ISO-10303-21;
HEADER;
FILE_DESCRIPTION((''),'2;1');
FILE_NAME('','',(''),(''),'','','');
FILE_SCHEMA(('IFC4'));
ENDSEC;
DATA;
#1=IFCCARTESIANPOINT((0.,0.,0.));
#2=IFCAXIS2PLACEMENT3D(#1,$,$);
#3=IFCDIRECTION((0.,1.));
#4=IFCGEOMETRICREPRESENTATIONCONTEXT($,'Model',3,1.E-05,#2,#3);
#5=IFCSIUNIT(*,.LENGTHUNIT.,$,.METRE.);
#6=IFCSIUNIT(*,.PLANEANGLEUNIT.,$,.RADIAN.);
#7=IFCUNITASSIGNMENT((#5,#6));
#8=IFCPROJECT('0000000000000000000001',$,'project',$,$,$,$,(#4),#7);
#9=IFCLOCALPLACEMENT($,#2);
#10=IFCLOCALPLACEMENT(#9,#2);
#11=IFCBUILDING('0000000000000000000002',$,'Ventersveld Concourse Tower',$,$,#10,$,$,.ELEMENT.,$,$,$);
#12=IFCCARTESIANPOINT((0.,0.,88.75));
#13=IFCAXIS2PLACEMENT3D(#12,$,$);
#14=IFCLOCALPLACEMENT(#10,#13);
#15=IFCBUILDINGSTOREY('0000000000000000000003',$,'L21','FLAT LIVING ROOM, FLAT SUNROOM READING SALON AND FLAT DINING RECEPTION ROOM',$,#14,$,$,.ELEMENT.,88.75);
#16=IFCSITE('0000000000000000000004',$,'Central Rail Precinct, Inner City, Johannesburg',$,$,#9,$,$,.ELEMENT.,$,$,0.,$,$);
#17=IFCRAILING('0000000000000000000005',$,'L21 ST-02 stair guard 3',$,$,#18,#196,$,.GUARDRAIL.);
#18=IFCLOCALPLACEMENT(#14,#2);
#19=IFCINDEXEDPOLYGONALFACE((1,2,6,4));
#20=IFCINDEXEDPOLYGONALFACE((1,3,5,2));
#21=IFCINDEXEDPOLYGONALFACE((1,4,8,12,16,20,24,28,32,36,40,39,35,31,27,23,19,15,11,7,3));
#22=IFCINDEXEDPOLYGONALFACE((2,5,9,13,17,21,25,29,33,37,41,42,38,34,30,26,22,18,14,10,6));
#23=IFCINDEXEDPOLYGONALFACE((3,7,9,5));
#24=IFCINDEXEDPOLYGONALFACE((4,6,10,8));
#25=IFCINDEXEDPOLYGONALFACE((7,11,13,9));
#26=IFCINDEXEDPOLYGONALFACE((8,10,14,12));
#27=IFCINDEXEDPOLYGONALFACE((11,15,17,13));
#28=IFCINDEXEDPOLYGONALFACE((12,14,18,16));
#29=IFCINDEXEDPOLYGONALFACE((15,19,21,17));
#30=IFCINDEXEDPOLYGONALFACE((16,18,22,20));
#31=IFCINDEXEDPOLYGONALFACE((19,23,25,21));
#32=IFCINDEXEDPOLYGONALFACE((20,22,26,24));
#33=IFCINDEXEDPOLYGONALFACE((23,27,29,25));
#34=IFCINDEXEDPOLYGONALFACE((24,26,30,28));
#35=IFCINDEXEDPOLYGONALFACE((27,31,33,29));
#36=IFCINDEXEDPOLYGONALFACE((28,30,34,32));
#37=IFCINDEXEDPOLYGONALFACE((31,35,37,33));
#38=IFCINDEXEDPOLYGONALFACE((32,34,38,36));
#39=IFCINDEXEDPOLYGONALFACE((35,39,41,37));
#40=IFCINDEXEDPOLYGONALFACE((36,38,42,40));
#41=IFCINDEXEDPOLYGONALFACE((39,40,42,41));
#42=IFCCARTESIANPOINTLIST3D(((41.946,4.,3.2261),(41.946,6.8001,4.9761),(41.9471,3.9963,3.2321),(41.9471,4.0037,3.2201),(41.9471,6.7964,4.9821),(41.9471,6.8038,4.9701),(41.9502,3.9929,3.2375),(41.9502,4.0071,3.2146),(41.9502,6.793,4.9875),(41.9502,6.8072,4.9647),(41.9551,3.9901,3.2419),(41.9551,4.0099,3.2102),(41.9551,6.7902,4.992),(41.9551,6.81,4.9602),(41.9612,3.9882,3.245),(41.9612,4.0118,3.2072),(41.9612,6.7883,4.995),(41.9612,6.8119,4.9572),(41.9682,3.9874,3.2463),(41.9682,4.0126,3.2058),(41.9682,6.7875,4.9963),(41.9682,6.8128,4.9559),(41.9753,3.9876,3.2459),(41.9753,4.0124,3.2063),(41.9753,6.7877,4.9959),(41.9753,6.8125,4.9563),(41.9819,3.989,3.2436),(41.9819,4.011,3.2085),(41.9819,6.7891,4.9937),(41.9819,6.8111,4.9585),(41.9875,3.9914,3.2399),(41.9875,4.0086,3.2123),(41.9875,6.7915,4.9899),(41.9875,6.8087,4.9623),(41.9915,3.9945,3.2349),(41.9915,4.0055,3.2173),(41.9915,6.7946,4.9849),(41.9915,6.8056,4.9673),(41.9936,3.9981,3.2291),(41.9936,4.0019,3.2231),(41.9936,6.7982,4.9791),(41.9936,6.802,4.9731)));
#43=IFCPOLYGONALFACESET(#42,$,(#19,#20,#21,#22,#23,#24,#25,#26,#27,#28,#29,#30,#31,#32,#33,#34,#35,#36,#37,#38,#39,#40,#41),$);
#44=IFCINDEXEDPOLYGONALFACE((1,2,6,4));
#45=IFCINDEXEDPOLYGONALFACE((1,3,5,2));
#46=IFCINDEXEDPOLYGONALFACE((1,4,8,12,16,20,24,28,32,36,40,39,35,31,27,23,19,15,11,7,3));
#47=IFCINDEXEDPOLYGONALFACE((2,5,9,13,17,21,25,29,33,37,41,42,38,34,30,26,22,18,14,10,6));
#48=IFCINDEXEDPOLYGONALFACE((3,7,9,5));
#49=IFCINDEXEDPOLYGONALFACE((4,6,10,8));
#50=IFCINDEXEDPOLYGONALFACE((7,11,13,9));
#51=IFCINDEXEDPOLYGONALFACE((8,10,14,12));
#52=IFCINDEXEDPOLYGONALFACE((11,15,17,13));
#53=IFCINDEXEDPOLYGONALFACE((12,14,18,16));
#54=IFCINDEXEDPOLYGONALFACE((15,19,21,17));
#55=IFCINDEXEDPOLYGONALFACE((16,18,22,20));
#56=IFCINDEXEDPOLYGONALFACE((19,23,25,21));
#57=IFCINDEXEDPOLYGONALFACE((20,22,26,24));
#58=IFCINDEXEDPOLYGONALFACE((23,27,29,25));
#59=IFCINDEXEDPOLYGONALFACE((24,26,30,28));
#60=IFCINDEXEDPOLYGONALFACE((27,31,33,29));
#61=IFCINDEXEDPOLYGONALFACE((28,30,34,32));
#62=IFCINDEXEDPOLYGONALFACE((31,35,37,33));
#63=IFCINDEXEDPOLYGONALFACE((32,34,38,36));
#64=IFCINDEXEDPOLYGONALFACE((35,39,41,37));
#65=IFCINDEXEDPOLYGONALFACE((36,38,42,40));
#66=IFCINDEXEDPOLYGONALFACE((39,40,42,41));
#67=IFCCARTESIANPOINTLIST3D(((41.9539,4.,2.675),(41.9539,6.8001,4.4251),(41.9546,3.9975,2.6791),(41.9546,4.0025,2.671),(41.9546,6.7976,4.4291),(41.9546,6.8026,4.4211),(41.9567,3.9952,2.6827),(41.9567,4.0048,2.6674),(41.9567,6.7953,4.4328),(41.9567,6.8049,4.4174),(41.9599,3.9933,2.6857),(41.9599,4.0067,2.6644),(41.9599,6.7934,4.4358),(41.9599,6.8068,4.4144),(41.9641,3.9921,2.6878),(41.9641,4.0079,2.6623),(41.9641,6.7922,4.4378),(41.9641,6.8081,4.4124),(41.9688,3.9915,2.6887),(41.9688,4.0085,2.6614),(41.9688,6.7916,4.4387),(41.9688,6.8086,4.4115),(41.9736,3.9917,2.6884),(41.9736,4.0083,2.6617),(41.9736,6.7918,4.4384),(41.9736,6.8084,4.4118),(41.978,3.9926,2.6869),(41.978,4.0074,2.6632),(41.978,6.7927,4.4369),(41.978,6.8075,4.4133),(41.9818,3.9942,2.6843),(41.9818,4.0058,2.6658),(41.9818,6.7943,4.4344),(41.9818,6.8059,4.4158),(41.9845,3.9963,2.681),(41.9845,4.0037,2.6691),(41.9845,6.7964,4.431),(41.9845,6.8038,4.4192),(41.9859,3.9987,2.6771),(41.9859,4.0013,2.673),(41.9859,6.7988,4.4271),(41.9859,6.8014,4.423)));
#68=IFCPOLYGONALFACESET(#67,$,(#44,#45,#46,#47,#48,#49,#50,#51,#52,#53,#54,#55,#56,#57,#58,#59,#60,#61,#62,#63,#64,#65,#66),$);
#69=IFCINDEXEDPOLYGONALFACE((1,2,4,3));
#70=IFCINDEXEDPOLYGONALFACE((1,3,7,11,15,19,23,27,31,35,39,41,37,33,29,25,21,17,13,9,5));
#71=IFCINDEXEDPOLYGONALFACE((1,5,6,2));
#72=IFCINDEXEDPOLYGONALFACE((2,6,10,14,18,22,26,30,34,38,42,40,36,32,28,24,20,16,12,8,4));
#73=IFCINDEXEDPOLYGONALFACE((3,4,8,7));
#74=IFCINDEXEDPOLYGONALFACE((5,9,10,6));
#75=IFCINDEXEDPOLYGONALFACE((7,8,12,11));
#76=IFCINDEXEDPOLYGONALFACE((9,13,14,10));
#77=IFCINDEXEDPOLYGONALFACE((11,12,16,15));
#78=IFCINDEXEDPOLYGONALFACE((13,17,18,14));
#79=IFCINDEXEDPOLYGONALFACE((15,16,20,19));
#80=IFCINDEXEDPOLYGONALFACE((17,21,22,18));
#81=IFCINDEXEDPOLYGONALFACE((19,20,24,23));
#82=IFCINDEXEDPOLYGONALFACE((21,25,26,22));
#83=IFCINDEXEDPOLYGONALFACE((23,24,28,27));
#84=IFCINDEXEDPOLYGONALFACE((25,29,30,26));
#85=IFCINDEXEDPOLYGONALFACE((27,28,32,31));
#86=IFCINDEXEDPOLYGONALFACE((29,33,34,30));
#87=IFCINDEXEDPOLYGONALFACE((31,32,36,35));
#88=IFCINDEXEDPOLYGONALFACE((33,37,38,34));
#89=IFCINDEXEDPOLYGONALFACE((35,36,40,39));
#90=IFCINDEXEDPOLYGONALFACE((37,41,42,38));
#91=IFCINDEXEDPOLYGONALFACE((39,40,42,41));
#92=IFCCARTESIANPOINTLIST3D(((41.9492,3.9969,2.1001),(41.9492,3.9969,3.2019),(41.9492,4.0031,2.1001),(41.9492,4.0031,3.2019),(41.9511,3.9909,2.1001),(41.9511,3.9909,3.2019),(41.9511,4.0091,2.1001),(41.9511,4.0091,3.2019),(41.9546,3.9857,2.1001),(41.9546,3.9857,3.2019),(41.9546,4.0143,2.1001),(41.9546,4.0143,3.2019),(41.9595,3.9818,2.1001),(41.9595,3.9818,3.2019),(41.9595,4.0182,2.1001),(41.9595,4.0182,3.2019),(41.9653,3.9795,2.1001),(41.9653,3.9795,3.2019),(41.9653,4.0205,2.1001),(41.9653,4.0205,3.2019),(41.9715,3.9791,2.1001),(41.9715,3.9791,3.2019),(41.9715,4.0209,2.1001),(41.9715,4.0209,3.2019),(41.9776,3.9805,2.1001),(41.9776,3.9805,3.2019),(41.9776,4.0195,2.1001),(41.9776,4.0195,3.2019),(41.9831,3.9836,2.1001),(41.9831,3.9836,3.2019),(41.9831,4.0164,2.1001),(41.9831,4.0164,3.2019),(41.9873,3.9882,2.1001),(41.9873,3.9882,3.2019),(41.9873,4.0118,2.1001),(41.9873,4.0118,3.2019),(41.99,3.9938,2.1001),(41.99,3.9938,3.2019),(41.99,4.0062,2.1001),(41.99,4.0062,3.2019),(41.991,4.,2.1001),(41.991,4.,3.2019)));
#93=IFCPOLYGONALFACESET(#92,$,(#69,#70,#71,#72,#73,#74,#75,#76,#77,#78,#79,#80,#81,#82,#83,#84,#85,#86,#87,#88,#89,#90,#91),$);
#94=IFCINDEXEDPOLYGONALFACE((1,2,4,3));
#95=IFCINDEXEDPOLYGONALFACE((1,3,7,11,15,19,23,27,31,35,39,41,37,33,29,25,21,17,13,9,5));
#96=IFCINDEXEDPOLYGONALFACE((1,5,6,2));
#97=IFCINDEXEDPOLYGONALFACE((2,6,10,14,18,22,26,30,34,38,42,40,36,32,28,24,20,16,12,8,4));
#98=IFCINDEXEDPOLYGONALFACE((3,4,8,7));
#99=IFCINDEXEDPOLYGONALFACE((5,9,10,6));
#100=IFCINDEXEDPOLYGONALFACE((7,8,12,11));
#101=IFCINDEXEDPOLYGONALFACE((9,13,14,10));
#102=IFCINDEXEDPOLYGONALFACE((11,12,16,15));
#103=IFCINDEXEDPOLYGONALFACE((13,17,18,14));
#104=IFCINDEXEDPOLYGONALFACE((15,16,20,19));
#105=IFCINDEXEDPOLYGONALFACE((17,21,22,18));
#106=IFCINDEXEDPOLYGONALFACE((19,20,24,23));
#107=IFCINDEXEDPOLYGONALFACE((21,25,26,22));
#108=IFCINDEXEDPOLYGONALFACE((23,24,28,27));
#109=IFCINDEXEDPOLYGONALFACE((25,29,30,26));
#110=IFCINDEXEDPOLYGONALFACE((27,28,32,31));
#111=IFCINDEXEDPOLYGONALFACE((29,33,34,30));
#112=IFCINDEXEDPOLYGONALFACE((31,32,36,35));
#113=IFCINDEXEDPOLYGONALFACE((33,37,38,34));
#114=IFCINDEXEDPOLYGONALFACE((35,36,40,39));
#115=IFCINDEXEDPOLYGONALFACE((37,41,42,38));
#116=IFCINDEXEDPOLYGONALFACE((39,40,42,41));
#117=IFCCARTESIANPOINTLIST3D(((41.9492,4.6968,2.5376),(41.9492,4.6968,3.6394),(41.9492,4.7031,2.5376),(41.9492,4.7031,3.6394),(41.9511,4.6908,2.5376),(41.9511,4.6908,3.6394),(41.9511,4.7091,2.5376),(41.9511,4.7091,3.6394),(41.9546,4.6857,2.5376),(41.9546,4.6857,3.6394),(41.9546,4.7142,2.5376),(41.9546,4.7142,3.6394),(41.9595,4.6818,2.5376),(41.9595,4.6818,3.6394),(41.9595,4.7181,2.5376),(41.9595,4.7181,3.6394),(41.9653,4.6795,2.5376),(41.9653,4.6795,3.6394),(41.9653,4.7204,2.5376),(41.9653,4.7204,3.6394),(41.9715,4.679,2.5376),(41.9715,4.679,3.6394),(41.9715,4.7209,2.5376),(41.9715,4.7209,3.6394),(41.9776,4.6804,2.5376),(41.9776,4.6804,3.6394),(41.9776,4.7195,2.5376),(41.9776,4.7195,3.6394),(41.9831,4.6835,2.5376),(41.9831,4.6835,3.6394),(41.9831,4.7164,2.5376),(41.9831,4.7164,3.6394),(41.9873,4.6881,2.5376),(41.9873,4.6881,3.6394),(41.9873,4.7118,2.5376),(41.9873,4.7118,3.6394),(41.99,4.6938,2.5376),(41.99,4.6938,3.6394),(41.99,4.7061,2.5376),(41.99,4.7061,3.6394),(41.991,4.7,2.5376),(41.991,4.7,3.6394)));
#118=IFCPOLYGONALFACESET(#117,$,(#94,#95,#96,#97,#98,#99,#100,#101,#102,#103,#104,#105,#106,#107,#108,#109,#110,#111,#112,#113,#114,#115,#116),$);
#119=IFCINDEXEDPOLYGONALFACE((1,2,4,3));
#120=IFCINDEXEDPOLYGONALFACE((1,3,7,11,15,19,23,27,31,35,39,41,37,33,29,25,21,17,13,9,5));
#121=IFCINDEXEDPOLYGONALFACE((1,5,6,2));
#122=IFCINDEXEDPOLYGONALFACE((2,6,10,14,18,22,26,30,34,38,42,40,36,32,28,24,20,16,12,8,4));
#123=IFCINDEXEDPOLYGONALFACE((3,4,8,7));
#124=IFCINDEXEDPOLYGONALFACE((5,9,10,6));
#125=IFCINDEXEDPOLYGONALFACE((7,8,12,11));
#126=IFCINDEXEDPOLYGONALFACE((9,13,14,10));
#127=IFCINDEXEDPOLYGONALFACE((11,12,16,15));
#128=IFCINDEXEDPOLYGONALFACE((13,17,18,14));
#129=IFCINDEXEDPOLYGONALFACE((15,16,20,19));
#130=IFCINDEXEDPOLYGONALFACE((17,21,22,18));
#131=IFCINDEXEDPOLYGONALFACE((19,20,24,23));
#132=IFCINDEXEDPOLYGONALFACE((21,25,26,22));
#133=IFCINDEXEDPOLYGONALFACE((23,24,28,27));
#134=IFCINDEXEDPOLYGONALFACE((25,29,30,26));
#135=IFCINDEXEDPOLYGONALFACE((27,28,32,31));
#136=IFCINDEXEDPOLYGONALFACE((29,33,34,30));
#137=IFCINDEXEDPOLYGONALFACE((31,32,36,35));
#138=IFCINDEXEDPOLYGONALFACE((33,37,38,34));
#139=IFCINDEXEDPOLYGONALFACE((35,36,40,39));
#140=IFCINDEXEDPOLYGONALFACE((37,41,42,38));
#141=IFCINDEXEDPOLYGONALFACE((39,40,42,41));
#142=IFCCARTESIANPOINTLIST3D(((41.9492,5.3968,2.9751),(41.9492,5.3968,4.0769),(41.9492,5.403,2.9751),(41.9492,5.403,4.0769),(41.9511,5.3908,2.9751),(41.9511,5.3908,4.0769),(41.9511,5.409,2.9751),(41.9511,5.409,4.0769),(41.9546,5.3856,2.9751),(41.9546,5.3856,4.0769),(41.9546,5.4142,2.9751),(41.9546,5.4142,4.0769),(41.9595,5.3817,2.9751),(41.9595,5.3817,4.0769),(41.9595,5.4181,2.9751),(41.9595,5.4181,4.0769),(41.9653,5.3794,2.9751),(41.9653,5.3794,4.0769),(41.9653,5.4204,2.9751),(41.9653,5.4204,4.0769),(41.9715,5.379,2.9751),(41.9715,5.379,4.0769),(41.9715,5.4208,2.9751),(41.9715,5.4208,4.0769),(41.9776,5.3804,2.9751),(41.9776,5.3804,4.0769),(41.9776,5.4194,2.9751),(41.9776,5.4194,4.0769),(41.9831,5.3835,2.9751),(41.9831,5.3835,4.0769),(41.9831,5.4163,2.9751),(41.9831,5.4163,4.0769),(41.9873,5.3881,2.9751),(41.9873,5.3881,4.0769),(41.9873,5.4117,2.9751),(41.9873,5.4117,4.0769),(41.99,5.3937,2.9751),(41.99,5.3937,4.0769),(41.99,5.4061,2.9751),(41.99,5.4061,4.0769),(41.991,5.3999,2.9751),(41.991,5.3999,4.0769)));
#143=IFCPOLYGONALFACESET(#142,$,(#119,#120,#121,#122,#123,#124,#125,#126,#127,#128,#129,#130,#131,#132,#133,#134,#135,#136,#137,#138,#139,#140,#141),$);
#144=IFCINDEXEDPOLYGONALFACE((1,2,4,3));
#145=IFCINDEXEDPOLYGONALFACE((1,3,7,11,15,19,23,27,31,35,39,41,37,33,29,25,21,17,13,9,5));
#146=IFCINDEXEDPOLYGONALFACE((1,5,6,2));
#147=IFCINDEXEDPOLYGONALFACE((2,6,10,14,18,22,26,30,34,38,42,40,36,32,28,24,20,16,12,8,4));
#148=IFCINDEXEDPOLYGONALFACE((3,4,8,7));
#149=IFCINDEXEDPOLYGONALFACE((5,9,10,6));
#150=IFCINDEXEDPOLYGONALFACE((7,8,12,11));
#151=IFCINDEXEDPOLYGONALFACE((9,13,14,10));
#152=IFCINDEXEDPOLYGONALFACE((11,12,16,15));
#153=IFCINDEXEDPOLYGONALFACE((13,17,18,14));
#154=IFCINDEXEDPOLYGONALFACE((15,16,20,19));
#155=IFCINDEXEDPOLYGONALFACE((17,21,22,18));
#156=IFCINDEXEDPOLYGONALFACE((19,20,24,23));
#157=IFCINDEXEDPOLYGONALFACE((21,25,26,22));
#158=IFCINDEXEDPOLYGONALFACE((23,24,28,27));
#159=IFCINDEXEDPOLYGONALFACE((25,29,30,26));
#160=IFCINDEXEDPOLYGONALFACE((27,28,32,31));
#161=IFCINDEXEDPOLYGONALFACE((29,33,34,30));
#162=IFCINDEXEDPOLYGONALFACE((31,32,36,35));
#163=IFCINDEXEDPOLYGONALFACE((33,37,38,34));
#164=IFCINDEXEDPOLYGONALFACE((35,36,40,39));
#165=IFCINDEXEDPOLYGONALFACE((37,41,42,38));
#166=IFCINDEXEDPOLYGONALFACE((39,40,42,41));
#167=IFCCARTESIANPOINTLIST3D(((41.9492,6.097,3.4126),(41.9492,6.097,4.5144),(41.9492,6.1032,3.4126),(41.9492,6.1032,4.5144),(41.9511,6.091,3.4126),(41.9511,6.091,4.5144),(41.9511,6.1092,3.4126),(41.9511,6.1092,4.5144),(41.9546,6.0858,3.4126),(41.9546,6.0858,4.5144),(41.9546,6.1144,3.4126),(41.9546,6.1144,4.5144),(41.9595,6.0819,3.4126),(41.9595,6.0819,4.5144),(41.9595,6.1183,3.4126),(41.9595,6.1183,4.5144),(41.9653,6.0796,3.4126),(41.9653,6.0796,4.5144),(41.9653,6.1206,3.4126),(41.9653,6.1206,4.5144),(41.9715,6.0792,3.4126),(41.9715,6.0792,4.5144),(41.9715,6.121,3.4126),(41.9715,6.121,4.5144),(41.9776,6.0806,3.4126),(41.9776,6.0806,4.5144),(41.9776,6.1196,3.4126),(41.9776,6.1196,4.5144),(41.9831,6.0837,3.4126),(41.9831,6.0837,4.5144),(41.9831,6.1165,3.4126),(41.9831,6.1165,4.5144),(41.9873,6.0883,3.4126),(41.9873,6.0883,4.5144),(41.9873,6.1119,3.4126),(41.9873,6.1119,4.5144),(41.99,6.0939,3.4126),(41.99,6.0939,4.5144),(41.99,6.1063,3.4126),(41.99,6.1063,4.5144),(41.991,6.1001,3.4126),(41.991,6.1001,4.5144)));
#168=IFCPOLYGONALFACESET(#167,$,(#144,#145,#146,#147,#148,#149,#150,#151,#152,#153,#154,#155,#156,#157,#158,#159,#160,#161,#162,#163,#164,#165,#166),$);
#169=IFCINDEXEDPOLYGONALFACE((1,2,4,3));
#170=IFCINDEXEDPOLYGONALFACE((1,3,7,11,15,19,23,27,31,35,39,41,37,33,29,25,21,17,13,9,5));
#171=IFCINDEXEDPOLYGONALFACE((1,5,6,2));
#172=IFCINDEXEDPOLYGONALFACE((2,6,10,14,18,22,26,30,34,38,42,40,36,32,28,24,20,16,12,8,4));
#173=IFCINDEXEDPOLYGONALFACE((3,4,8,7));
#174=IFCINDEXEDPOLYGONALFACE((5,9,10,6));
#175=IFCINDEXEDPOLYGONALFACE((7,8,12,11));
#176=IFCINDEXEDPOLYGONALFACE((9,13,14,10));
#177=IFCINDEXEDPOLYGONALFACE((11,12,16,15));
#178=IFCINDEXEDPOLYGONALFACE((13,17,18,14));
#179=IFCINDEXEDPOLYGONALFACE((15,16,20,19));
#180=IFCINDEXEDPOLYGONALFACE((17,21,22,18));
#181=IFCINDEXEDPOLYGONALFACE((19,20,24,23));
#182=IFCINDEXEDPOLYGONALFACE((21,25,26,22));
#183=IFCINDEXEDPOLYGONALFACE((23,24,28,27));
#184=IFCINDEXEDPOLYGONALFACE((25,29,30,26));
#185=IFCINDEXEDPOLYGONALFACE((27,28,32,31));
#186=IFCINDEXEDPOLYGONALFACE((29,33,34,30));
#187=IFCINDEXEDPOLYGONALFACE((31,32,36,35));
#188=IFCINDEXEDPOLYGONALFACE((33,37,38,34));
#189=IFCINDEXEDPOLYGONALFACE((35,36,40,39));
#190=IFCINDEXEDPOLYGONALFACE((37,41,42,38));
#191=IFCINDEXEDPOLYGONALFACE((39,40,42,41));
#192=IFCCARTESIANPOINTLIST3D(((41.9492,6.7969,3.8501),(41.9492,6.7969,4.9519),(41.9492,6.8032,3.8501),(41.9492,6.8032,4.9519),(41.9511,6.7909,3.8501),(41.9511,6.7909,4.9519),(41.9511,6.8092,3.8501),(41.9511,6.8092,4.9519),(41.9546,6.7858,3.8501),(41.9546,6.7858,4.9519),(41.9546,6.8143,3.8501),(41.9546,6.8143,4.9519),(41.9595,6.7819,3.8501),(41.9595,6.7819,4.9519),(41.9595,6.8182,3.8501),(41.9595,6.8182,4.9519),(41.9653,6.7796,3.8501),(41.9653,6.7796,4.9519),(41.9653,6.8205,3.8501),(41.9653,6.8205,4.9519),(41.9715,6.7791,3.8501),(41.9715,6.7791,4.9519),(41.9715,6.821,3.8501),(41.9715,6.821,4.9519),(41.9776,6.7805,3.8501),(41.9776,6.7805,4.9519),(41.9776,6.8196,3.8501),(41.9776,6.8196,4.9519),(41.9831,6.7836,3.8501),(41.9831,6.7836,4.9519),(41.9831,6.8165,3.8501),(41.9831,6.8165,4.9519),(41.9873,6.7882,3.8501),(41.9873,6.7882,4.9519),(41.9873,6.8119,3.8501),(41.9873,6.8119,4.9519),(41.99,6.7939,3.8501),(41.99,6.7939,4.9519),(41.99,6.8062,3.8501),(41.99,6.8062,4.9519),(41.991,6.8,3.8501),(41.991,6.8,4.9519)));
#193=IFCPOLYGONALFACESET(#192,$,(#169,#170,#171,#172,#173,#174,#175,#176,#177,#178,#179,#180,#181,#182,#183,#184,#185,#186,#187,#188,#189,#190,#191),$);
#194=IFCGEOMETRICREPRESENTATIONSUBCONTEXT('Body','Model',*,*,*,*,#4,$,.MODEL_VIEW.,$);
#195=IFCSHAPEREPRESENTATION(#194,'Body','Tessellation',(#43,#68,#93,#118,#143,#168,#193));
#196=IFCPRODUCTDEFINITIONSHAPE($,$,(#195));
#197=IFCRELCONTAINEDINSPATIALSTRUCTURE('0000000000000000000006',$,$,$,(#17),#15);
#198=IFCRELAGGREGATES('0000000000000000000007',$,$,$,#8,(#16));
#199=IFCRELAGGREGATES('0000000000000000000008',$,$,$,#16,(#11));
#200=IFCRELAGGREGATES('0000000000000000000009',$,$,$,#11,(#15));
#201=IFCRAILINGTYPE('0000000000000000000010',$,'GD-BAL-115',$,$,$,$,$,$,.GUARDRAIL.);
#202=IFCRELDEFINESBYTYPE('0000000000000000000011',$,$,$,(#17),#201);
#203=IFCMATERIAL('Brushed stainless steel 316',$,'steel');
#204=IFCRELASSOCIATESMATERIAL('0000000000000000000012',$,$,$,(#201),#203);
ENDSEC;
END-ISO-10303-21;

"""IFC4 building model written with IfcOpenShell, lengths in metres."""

from ifc_helpers import new_model, si_unit, direction, frame, origin, origin_2d, place, context, subcontext, project, spatial, circle, extrude, material, type_object, element, save


model = new_model("IFC4")

# Units and contexts
model_context = context("Model", 3, precision=1e-05, world=origin(), true_north=direction((0.0, 1.0)))
body_context = subcontext(model_context, "Body", "Model", "MODEL_VIEW")
ifc_project = project(units=[si_unit("LENGTHUNIT", "METRE"), si_unit("PLANEANGLEUNIT", "RADIAN")], contexts=[model_context])

# Site, building, storey
site_placement = place(None, origin())
site = spatial("IfcSite", under=ifc_project, at=site_placement, Name="Central Rail Precinct, Inner City, Johannesburg", CompositionType="ELEMENT", RefElevation=0.0)
building_placement = place(site_placement, origin())
building = spatial("IfcBuilding", under=site, at=building_placement, Name="Ventersveld Concourse Tower", CompositionType="ELEMENT")
storey_placement = place(building_placement, frame((0.0, 0.0, 88.75)))
storey = spatial("IfcBuildingStorey", under=building, at=storey_placement, Name="L21", Description="FLAT LIVING ROOM, FLAT SUNROOM READING SALON AND FLAT DINING RECEPTION ROOM", CompositionType="ELEMENT", Elevation=88.75)

# Railing
ifc_material_1 = material(Name="Brushed stainless steel 316", Category="steel")
railing_type_1 = type_object("IfcRailingType", Name="GD-BAL-115", PredefinedType="GUARDRAIL", material=ifc_material_1)
railing_1_placement = place(storey_placement, frame((41.97, 4.0, 2.1001)))
element("IfcRailing", 1, at=railing_1_placement, inside=storey, type_object=railing_type_1, Name="L21 ST-02 stair guard 3", PredefinedType="GUARDRAIL", context=body_context, shape_type="SweptSolid", body=[
    extrude(circle(Radius=0.0239, at=origin_2d()), frame((0.0, 0.0, 1.126), z_axis=(0.0, 0.848002, 0.529992), x_axis=(-1.0, 0.0, 0.0)), (0.0, 0.0, 1.0), 3.302),
    extrude(circle(Radius=0.0161, at=origin_2d()), frame((0.0, 0.0, 0.575), z_axis=(0.0, 0.848002, 0.529992), x_axis=(-1.0, 0.0, 0.0)), (0.0, 0.0, 1.0), 3.302),
    extrude(circle(Radius=0.021, at=origin_2d()), origin(), (0.0, 0.0, 1.0), 1.1018),
    extrude(circle(Radius=0.021, at=origin_2d()), frame((0.0, 0.7, 0.4375)), (0.0, 0.0, 1.0), 1.1018),
    extrude(circle(Radius=0.021, at=origin_2d()), frame((0.0, 1.3999, 0.875)), (0.0, 0.0, 1.0), 1.1018),
    extrude(circle(Radius=0.021, at=origin_2d()), frame((0.0, 2.1001, 1.3125)), (0.0, 0.0, 1.0), 1.1018),
    extrude(circle(Radius=0.021, at=origin_2d()), frame((0.0, 2.8, 1.75)), (0.0, 0.0, 1.0), 1.1018),
])

save(model, "model.ifc")
